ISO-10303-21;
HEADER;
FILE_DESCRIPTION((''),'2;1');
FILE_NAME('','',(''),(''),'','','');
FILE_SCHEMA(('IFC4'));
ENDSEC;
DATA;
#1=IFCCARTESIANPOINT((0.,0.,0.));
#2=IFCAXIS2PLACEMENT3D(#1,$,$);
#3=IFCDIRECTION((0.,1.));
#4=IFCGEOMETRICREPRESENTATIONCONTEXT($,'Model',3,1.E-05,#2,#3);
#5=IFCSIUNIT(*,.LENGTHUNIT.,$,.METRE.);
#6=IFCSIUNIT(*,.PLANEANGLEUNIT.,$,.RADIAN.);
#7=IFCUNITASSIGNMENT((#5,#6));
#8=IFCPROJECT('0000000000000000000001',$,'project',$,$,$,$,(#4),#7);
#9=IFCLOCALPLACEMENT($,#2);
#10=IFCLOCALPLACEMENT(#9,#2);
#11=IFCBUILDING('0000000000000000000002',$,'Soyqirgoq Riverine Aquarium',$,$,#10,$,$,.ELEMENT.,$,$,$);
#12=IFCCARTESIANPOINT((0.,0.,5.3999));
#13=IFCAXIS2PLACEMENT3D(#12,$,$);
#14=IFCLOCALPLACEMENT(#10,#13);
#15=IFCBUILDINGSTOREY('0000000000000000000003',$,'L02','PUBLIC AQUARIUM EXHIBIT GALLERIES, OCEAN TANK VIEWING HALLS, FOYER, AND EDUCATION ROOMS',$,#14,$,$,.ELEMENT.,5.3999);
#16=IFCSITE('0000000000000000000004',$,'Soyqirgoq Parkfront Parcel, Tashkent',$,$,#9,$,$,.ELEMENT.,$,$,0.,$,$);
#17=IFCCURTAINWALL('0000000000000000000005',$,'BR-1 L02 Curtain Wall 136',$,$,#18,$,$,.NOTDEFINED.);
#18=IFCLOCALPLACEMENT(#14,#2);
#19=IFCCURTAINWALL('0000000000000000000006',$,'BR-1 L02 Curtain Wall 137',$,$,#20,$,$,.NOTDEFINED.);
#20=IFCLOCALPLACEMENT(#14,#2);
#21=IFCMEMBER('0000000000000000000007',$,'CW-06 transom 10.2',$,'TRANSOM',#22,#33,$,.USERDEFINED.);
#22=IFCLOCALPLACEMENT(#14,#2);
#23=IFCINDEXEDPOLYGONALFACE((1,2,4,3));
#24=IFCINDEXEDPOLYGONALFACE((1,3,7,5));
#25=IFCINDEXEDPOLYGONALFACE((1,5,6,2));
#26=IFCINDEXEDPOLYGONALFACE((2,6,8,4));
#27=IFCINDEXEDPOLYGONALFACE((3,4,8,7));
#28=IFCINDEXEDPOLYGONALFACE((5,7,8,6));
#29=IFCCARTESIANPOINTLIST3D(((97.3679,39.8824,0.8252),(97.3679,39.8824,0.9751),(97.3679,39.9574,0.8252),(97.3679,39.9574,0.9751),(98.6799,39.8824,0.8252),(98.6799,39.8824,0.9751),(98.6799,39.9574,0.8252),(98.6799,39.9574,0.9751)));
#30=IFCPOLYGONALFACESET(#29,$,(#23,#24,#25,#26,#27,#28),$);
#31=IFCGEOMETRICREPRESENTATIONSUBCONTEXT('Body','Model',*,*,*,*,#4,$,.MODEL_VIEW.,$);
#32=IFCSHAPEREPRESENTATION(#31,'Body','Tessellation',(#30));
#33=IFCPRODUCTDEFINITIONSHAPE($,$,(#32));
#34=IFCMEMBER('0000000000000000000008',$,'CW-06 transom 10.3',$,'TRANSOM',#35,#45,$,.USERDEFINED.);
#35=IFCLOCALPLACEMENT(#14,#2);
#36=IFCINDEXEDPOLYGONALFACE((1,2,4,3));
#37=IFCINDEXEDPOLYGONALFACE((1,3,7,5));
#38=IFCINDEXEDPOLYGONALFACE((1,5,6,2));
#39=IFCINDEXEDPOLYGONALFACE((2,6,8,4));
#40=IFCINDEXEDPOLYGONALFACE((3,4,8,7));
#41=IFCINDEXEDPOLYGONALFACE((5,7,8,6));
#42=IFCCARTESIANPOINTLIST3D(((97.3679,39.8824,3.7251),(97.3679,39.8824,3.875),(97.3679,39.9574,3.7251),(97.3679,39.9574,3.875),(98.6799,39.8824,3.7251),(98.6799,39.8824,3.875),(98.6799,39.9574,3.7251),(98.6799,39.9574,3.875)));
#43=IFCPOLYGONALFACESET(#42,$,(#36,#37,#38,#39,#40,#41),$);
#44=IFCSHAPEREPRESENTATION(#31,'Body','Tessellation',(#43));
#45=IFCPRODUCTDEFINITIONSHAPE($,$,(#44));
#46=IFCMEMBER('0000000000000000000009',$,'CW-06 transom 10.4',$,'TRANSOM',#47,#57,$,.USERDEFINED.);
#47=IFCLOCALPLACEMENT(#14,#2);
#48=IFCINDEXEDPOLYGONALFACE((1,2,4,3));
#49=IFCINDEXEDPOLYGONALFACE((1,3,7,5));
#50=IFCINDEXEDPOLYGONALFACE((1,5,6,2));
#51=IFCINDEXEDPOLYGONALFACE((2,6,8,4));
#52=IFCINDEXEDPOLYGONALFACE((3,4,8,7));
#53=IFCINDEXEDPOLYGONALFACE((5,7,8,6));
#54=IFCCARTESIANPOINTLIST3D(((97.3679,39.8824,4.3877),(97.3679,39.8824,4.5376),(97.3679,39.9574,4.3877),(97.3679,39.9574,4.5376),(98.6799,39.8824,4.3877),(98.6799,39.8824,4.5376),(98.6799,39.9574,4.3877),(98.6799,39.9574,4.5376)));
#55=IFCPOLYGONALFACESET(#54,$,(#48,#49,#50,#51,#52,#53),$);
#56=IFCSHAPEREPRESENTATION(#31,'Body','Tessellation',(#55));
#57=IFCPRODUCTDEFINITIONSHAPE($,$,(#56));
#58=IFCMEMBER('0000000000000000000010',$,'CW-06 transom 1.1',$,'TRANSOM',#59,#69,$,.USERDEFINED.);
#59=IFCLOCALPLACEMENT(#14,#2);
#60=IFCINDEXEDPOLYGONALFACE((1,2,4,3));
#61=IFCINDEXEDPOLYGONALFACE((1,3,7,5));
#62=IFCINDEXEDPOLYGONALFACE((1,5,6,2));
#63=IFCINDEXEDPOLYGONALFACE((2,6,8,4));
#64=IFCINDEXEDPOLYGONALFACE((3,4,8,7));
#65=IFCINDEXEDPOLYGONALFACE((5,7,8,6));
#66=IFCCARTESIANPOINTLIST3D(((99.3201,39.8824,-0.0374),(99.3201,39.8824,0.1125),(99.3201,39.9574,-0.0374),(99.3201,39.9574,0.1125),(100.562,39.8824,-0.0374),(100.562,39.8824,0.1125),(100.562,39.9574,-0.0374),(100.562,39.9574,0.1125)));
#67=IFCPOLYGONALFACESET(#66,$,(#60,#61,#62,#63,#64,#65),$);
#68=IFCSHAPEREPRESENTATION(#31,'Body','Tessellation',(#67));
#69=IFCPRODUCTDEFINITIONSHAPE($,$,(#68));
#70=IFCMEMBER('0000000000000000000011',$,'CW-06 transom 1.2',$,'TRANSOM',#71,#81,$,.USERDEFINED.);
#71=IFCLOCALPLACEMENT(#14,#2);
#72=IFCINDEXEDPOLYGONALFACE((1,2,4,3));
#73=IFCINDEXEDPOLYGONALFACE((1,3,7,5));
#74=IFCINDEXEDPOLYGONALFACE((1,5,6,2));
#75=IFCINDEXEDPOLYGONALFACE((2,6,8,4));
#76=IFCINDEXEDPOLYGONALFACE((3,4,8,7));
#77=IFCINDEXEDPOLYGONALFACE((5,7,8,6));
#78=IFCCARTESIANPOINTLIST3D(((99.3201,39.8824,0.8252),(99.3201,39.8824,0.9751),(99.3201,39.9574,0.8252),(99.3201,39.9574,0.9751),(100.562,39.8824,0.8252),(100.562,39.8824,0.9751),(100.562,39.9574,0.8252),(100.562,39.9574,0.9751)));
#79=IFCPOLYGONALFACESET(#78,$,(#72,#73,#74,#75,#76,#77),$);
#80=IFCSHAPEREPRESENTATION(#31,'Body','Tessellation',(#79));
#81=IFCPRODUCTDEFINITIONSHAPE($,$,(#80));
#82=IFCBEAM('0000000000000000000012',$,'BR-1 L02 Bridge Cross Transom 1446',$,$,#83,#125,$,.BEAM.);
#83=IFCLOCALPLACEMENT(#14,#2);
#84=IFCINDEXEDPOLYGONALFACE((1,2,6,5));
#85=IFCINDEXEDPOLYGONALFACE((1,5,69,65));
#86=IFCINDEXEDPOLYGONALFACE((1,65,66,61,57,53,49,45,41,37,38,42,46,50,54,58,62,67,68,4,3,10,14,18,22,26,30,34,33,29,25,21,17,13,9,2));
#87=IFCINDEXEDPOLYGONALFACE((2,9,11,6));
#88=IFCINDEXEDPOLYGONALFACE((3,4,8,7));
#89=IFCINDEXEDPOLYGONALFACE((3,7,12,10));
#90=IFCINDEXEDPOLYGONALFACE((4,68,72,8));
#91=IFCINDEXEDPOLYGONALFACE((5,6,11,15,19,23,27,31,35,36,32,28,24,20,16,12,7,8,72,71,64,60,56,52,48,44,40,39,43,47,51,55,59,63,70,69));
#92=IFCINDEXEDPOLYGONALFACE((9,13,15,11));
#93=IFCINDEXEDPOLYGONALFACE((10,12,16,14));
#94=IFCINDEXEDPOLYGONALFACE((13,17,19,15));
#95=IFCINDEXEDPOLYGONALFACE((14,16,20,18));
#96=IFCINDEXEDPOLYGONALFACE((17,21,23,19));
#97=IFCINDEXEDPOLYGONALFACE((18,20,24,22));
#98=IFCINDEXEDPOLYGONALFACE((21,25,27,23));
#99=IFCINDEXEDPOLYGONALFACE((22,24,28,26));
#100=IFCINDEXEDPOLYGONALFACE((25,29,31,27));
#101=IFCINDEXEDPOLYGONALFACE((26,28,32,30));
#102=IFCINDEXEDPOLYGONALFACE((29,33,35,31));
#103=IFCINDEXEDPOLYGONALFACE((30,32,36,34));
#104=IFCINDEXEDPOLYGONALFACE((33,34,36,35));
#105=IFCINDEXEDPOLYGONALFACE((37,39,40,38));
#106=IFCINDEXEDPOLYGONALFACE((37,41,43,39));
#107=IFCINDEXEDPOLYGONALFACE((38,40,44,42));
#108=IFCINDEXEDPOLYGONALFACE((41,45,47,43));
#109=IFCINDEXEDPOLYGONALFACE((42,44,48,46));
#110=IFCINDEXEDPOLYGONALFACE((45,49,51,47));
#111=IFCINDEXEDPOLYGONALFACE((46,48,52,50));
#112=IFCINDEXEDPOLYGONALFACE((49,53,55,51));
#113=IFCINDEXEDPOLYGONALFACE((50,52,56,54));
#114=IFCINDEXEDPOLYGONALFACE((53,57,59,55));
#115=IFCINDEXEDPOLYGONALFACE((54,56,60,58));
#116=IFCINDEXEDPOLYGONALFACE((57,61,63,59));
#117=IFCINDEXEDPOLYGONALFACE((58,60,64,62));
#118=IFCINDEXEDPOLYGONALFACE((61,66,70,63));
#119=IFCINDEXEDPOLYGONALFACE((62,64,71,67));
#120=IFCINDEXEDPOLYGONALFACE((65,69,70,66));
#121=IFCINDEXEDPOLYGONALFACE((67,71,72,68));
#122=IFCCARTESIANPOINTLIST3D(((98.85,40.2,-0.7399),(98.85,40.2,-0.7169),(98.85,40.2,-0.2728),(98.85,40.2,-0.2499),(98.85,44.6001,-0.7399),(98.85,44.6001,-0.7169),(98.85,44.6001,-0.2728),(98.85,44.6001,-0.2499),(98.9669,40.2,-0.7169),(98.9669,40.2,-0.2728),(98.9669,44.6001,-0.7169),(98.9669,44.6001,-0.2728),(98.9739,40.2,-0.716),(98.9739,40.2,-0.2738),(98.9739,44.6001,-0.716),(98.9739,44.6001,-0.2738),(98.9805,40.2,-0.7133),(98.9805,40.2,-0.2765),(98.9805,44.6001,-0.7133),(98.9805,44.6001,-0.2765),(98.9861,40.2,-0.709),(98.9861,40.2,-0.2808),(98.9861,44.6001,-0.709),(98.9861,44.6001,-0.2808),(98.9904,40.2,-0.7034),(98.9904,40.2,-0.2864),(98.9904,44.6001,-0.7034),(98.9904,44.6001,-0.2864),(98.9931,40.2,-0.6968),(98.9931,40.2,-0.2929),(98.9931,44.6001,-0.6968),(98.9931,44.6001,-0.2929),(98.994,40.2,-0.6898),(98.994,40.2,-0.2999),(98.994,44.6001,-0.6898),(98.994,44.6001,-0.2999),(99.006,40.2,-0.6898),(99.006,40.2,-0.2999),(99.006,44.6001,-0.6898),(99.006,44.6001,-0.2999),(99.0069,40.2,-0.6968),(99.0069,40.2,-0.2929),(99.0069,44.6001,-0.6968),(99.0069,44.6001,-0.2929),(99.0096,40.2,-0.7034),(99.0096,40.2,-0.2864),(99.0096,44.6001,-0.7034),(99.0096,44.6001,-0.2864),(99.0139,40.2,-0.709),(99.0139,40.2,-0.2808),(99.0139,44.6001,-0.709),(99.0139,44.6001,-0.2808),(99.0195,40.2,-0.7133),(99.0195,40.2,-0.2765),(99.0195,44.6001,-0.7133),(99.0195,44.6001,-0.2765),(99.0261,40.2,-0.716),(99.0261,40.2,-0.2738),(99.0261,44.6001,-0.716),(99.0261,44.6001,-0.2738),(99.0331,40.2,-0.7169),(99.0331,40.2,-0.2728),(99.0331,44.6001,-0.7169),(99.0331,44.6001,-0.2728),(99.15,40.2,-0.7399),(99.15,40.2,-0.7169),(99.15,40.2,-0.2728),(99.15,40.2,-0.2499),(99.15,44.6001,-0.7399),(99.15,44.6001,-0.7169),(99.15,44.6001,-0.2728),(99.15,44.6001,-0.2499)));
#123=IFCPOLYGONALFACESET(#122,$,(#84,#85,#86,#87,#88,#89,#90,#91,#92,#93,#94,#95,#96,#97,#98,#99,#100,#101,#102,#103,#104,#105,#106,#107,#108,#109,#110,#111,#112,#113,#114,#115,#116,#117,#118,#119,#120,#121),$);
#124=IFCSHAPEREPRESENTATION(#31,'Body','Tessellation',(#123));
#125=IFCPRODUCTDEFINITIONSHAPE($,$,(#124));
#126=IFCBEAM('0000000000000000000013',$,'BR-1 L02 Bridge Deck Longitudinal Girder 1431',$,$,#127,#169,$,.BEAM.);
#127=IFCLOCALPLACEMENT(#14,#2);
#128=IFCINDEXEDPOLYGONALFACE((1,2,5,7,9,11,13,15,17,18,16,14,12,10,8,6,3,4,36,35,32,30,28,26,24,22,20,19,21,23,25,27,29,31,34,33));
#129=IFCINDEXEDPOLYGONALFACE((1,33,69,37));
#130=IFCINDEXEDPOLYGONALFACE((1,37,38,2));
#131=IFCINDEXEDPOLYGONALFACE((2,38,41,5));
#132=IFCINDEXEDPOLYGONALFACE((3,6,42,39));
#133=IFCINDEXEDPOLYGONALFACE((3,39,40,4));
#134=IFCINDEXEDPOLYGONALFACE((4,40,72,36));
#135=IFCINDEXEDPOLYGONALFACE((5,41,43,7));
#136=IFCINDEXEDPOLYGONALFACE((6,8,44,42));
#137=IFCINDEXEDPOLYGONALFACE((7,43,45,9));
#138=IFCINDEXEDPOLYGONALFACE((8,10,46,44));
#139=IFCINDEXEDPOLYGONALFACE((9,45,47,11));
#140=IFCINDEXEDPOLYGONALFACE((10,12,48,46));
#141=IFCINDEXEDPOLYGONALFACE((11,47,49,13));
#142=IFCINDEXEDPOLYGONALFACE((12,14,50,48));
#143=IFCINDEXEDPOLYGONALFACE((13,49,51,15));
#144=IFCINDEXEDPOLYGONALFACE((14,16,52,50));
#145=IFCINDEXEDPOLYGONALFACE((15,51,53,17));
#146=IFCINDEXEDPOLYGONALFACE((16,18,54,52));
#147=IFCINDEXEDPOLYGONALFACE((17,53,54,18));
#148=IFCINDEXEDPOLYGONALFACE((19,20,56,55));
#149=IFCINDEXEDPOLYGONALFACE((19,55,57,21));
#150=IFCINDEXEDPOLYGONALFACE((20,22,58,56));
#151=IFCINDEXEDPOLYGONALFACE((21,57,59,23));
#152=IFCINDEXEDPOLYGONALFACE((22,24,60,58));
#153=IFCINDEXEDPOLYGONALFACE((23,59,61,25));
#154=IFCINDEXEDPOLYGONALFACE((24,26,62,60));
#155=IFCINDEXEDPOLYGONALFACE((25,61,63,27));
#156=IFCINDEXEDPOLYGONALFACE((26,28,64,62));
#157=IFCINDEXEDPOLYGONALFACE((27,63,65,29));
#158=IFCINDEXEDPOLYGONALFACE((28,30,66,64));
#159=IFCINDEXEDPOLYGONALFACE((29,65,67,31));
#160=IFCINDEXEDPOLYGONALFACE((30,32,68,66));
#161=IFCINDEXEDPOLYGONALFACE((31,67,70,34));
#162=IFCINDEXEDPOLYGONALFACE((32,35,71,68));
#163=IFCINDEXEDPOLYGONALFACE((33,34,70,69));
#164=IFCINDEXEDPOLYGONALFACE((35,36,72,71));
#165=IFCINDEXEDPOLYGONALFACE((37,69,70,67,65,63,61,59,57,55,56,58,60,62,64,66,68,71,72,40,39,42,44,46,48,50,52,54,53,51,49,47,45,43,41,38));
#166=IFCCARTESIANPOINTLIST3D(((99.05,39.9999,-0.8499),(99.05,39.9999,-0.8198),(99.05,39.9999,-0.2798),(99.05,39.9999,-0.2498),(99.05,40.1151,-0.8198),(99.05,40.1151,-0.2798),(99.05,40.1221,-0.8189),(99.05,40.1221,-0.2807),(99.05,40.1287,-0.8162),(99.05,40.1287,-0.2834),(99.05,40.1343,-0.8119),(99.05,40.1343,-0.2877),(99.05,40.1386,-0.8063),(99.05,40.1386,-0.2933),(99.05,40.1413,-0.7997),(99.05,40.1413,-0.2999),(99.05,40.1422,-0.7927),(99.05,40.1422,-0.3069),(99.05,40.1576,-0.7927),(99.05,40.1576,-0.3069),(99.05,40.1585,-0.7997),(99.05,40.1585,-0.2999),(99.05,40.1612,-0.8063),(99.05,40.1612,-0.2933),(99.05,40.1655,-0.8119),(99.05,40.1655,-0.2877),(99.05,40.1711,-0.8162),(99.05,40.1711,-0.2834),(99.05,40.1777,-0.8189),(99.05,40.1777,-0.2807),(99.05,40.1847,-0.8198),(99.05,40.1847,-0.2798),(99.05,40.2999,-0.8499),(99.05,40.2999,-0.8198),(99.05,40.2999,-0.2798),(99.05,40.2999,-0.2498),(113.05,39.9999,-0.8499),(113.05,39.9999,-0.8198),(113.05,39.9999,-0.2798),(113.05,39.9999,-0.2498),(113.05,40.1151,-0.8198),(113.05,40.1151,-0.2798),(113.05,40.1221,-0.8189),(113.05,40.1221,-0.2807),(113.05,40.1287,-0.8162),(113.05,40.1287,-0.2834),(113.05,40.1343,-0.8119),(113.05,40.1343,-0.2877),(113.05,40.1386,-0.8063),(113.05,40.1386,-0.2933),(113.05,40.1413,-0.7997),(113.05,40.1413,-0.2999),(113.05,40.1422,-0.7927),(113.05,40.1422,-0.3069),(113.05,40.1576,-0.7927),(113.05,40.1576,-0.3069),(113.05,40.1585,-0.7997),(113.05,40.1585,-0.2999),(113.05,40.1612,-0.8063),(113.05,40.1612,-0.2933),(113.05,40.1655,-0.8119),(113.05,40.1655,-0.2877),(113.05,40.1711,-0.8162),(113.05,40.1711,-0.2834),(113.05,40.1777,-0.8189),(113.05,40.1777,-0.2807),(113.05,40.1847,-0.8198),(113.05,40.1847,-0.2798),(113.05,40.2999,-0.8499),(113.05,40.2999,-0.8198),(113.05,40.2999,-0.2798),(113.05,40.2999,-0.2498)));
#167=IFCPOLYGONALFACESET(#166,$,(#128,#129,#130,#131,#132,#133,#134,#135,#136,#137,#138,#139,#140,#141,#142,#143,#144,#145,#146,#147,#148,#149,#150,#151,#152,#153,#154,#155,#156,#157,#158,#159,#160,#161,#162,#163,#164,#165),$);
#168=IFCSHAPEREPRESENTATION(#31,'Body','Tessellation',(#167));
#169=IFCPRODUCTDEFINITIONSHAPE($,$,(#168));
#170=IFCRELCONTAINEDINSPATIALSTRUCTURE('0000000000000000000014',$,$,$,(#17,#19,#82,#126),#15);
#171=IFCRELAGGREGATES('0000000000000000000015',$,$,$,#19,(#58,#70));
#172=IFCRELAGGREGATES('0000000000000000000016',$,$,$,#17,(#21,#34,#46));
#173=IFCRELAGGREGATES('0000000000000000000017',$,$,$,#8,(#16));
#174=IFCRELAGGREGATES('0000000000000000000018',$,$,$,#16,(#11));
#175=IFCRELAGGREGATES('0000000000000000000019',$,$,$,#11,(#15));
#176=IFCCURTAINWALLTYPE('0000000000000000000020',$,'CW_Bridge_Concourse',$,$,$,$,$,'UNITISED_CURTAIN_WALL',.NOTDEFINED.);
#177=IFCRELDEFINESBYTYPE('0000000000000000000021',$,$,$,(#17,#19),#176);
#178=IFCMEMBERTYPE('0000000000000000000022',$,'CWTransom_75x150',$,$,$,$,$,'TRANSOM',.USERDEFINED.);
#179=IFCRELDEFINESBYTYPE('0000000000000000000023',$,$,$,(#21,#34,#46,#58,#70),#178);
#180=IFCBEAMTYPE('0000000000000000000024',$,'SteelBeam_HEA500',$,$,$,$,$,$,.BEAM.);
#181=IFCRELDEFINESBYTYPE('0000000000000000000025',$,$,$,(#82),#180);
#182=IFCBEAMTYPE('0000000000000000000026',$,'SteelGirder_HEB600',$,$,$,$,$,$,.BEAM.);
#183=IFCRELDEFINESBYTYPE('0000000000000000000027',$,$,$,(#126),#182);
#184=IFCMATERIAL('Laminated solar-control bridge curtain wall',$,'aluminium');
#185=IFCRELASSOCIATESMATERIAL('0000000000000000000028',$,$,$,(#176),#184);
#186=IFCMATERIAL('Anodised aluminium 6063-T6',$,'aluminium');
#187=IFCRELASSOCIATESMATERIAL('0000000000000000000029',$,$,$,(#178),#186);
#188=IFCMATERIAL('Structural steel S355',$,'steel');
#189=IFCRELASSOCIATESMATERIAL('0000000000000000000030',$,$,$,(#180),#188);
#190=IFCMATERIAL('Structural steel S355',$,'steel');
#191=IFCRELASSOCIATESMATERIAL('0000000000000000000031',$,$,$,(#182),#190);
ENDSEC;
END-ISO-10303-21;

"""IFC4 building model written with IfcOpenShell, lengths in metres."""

from ifc_helpers import new_model, si_unit, direction, frame, origin, origin_2d, place, context, subcontext, project, spatial, rectangle, i_section, extrude, material, material_profile, profile_set, type_object, element, aggregate, save


model = new_model("IFC4")

# Units and contexts
model_context = context("Model", 3, precision=1e-05, world=origin(), true_north=direction((0.0, 1.0)))
body_context = subcontext(model_context, "Body", "Model", "MODEL_VIEW")
ifc_project = project(units=[si_unit("LENGTHUNIT", "METRE"), si_unit("PLANEANGLEUNIT", "RADIAN")], contexts=[model_context])

# Site, building, storey
site_placement = place(None, origin())
site = spatial("IfcSite", under=ifc_project, at=site_placement, Name="Soyqirgoq Parkfront Parcel, Tashkent", CompositionType="ELEMENT", RefElevation=0.0)
building_placement = place(site_placement, origin())
building = spatial("IfcBuilding", under=site, at=building_placement, Name="Soyqirgoq Riverine Aquarium", CompositionType="ELEMENT")
storey_placement = place(building_placement, frame((0.0, 0.0, 5.3999)))
storey = spatial("IfcBuildingStorey", under=building, at=storey_placement, Name="L02", Description="PUBLIC AQUARIUM EXHIBIT GALLERIES, OCEAN TANK VIEWING HALLS, FOYER, AND EDUCATION ROOMS", CompositionType="ELEMENT", Elevation=5.3999)

# Curtain wall
ifc_material_1 = material(Name="Laminated solar-control bridge curtain wall", Category="aluminium")
curtain_wall_type = type_object("IfcCurtainWallType", Name="CW_Bridge_Concourse", ElementType="UNITISED_CURTAIN_WALL", PredefinedType="NOTDEFINED", material=ifc_material_1)
curtain_wall_1_placement = place(storey_placement, origin())
curtain_wall_1 = element("IfcCurtainWall", 1, at=curtain_wall_1_placement, inside=storey, type_object=curtain_wall_type, Name="BR-1 L02 Curtain Wall 136", PredefinedType="NOTDEFINED")

# Curtain wall
curtain_wall_2_placement = place(storey_placement, origin())
curtain_wall_2 = element("IfcCurtainWall", 2, at=curtain_wall_2_placement, inside=storey, type_object=curtain_wall_type, Name="BR-1 L02 Curtain Wall 137", PredefinedType="NOTDEFINED")

# Members
ifc_material_2 = material(Name="Anodised aluminium 6063-T6", Category="aluminium")
ifc_material_profile_1 = material_profile(ifc_material_2, rectangle(XDim=0.075, YDim=0.1499, at=origin_2d()), Name="ALU-T 75x150")
ifc_profile_set_1 = profile_set([ifc_material_profile_1], Name="Anodised aluminium 6063-T6")
member_type_1 = type_object("IfcMemberType", Name="CWTransom_75x150", ElementType="TRANSOM", PredefinedType="USERDEFINED", material=ifc_profile_set_1)
member_1_placement = place(storey_placement, frame((97.3679, 39.9199, 0.9001), z_axis=(1.0, 0.0, 0.0), x_axis=(0.0, 1.0, 0.0)))
member_1 = element("IfcMember", 3, at=member_1_placement, type_object=member_type_1, Name="CW-06 transom 10.2", ObjectType="TRANSOM", PredefinedType="USERDEFINED", context=body_context, shape_type="SweptSolid", body=[
    extrude(rectangle(XDim=0.075, YDim=0.1499, at=origin_2d()), origin(), (0.0, 0.0, 1.0), 1.312),
])
member_2_placement = place(storey_placement, frame((97.3679, 39.9199, 3.8), z_axis=(1.0, 0.0, 0.0), x_axis=(0.0, 1.0, 0.0)))
member_2 = element("IfcMember", 4, at=member_2_placement, type_object=member_type_1, Name="CW-06 transom 10.3", ObjectType="TRANSOM", PredefinedType="USERDEFINED", context=body_context, shape_type="SweptSolid", body=[
    extrude(rectangle(XDim=0.075, YDim=0.1499, at=origin_2d()), origin(), (0.0, 0.0, 1.0), 1.312),
])
member_3_placement = place(storey_placement, frame((97.3679, 39.9199, 4.4626), z_axis=(1.0, 0.0, 0.0), x_axis=(0.0, 1.0, 0.0)))
member_3 = element("IfcMember", 5, at=member_3_placement, type_object=member_type_1, Name="CW-06 transom 10.4", ObjectType="TRANSOM", PredefinedType="USERDEFINED", context=body_context, shape_type="SweptSolid", body=[
    extrude(rectangle(XDim=0.075, YDim=0.1499, at=origin_2d()), origin(), (0.0, 0.0, 1.0), 1.312),
])
member_4_placement = place(storey_placement, frame((99.3201, 39.9199, 0.0376), z_axis=(1.0, 0.0, 0.0), x_axis=(0.0, 1.0, 0.0)))
member_4 = element("IfcMember", 6, at=member_4_placement, type_object=member_type_1, Name="CW-06 transom 1.1", ObjectType="TRANSOM", PredefinedType="USERDEFINED", context=body_context, shape_type="SweptSolid", body=[
    extrude(rectangle(XDim=0.075, YDim=0.1499, at=origin_2d()), origin(), (0.0, 0.0, 1.0), 1.2419),
])
member_5_placement = place(storey_placement, frame((99.3201, 39.9199, 0.9001), z_axis=(1.0, 0.0, 0.0), x_axis=(0.0, 1.0, 0.0)))
member_5 = element("IfcMember", 7, at=member_5_placement, type_object=member_type_1, Name="CW-06 transom 1.2", ObjectType="TRANSOM", PredefinedType="USERDEFINED", context=body_context, shape_type="SweptSolid", body=[
    extrude(rectangle(XDim=0.075, YDim=0.1499, at=origin_2d()), origin(), (0.0, 0.0, 1.0), 1.2419),
])
aggregate(curtain_wall_2, [member_4, member_5])

# Beams
ifc_material_3 = material(Name="Structural steel S355", Category="steel")
ifc_material_profile_2 = material_profile(ifc_material_3, i_section(OverallWidth=0.3, OverallDepth=0.49, WebThickness=0.012, FlangeThickness=0.0229, FilletRadius=0.0271, at=origin_2d()), Name="HEA 500")
ifc_profile_set_2 = profile_set([ifc_material_profile_2], Name="Structural steel S355")
beam_type_1 = type_object("IfcBeamType", Name="SteelBeam_HEA500", PredefinedType="BEAM", material=ifc_profile_set_2)
beam_placement = place(storey_placement, frame((99.0, 40.2, -0.4949), z_axis=(0.0, 1.0, 0.0), x_axis=(-1.0, 0.0, 0.0)))
element("IfcBeam", 8, at=beam_placement, inside=storey, type_object=beam_type_1, Name="BR-1 L02 Bridge Cross Transom 1446", PredefinedType="BEAM", context=body_context, shape_type="SweptSolid", body=[
    extrude(i_section(OverallWidth=0.3, OverallDepth=0.49, WebThickness=0.012, FlangeThickness=0.0229, FilletRadius=0.0271, at=origin_2d()), origin(), (0.0, 0.0, 1.0), 4.4001),
])
ifc_material_4 = material(Name="Structural steel S355", Category="steel")
ifc_material_profile_3 = material_profile(ifc_material_4, i_section(OverallWidth=0.3, OverallDepth=0.6001, WebThickness=0.0154, FlangeThickness=0.03, FilletRadius=0.0271, at=origin_2d()), Name="HEB 600")
ifc_profile_set_3 = profile_set([ifc_material_profile_3], Name="Structural steel S355")
beam_type_2 = type_object("IfcBeamType", Name="SteelGirder_HEB600", PredefinedType="BEAM", material=ifc_profile_set_3)
for number, where, z_axis, x_axis, name in (
    (9, (99.05, 40.1499, -0.5498), (1.0, 0.0, 0.0), (0.0, 1.0, 0.0), "BR-1 L02 Bridge Deck Longitudinal Girder 1431"),
):
    element("IfcBeam", number, at=place(storey_placement, frame(where, z_axis=z_axis, x_axis=x_axis)), inside=storey, type_object=beam_type_2, Name=name, PredefinedType="BEAM", context=body_context, shape_type="SweptSolid", body=[
        extrude(i_section(OverallWidth=0.3, OverallDepth=0.6001, WebThickness=0.0154, FlangeThickness=0.03, FilletRadius=0.0271, at=origin_2d()), origin(), (0.0, 0.0, 1.0), 14.0),
    ])

aggregate(curtain_wall_1, [member_1, member_2, member_3])

save(model, "model.ifc")
